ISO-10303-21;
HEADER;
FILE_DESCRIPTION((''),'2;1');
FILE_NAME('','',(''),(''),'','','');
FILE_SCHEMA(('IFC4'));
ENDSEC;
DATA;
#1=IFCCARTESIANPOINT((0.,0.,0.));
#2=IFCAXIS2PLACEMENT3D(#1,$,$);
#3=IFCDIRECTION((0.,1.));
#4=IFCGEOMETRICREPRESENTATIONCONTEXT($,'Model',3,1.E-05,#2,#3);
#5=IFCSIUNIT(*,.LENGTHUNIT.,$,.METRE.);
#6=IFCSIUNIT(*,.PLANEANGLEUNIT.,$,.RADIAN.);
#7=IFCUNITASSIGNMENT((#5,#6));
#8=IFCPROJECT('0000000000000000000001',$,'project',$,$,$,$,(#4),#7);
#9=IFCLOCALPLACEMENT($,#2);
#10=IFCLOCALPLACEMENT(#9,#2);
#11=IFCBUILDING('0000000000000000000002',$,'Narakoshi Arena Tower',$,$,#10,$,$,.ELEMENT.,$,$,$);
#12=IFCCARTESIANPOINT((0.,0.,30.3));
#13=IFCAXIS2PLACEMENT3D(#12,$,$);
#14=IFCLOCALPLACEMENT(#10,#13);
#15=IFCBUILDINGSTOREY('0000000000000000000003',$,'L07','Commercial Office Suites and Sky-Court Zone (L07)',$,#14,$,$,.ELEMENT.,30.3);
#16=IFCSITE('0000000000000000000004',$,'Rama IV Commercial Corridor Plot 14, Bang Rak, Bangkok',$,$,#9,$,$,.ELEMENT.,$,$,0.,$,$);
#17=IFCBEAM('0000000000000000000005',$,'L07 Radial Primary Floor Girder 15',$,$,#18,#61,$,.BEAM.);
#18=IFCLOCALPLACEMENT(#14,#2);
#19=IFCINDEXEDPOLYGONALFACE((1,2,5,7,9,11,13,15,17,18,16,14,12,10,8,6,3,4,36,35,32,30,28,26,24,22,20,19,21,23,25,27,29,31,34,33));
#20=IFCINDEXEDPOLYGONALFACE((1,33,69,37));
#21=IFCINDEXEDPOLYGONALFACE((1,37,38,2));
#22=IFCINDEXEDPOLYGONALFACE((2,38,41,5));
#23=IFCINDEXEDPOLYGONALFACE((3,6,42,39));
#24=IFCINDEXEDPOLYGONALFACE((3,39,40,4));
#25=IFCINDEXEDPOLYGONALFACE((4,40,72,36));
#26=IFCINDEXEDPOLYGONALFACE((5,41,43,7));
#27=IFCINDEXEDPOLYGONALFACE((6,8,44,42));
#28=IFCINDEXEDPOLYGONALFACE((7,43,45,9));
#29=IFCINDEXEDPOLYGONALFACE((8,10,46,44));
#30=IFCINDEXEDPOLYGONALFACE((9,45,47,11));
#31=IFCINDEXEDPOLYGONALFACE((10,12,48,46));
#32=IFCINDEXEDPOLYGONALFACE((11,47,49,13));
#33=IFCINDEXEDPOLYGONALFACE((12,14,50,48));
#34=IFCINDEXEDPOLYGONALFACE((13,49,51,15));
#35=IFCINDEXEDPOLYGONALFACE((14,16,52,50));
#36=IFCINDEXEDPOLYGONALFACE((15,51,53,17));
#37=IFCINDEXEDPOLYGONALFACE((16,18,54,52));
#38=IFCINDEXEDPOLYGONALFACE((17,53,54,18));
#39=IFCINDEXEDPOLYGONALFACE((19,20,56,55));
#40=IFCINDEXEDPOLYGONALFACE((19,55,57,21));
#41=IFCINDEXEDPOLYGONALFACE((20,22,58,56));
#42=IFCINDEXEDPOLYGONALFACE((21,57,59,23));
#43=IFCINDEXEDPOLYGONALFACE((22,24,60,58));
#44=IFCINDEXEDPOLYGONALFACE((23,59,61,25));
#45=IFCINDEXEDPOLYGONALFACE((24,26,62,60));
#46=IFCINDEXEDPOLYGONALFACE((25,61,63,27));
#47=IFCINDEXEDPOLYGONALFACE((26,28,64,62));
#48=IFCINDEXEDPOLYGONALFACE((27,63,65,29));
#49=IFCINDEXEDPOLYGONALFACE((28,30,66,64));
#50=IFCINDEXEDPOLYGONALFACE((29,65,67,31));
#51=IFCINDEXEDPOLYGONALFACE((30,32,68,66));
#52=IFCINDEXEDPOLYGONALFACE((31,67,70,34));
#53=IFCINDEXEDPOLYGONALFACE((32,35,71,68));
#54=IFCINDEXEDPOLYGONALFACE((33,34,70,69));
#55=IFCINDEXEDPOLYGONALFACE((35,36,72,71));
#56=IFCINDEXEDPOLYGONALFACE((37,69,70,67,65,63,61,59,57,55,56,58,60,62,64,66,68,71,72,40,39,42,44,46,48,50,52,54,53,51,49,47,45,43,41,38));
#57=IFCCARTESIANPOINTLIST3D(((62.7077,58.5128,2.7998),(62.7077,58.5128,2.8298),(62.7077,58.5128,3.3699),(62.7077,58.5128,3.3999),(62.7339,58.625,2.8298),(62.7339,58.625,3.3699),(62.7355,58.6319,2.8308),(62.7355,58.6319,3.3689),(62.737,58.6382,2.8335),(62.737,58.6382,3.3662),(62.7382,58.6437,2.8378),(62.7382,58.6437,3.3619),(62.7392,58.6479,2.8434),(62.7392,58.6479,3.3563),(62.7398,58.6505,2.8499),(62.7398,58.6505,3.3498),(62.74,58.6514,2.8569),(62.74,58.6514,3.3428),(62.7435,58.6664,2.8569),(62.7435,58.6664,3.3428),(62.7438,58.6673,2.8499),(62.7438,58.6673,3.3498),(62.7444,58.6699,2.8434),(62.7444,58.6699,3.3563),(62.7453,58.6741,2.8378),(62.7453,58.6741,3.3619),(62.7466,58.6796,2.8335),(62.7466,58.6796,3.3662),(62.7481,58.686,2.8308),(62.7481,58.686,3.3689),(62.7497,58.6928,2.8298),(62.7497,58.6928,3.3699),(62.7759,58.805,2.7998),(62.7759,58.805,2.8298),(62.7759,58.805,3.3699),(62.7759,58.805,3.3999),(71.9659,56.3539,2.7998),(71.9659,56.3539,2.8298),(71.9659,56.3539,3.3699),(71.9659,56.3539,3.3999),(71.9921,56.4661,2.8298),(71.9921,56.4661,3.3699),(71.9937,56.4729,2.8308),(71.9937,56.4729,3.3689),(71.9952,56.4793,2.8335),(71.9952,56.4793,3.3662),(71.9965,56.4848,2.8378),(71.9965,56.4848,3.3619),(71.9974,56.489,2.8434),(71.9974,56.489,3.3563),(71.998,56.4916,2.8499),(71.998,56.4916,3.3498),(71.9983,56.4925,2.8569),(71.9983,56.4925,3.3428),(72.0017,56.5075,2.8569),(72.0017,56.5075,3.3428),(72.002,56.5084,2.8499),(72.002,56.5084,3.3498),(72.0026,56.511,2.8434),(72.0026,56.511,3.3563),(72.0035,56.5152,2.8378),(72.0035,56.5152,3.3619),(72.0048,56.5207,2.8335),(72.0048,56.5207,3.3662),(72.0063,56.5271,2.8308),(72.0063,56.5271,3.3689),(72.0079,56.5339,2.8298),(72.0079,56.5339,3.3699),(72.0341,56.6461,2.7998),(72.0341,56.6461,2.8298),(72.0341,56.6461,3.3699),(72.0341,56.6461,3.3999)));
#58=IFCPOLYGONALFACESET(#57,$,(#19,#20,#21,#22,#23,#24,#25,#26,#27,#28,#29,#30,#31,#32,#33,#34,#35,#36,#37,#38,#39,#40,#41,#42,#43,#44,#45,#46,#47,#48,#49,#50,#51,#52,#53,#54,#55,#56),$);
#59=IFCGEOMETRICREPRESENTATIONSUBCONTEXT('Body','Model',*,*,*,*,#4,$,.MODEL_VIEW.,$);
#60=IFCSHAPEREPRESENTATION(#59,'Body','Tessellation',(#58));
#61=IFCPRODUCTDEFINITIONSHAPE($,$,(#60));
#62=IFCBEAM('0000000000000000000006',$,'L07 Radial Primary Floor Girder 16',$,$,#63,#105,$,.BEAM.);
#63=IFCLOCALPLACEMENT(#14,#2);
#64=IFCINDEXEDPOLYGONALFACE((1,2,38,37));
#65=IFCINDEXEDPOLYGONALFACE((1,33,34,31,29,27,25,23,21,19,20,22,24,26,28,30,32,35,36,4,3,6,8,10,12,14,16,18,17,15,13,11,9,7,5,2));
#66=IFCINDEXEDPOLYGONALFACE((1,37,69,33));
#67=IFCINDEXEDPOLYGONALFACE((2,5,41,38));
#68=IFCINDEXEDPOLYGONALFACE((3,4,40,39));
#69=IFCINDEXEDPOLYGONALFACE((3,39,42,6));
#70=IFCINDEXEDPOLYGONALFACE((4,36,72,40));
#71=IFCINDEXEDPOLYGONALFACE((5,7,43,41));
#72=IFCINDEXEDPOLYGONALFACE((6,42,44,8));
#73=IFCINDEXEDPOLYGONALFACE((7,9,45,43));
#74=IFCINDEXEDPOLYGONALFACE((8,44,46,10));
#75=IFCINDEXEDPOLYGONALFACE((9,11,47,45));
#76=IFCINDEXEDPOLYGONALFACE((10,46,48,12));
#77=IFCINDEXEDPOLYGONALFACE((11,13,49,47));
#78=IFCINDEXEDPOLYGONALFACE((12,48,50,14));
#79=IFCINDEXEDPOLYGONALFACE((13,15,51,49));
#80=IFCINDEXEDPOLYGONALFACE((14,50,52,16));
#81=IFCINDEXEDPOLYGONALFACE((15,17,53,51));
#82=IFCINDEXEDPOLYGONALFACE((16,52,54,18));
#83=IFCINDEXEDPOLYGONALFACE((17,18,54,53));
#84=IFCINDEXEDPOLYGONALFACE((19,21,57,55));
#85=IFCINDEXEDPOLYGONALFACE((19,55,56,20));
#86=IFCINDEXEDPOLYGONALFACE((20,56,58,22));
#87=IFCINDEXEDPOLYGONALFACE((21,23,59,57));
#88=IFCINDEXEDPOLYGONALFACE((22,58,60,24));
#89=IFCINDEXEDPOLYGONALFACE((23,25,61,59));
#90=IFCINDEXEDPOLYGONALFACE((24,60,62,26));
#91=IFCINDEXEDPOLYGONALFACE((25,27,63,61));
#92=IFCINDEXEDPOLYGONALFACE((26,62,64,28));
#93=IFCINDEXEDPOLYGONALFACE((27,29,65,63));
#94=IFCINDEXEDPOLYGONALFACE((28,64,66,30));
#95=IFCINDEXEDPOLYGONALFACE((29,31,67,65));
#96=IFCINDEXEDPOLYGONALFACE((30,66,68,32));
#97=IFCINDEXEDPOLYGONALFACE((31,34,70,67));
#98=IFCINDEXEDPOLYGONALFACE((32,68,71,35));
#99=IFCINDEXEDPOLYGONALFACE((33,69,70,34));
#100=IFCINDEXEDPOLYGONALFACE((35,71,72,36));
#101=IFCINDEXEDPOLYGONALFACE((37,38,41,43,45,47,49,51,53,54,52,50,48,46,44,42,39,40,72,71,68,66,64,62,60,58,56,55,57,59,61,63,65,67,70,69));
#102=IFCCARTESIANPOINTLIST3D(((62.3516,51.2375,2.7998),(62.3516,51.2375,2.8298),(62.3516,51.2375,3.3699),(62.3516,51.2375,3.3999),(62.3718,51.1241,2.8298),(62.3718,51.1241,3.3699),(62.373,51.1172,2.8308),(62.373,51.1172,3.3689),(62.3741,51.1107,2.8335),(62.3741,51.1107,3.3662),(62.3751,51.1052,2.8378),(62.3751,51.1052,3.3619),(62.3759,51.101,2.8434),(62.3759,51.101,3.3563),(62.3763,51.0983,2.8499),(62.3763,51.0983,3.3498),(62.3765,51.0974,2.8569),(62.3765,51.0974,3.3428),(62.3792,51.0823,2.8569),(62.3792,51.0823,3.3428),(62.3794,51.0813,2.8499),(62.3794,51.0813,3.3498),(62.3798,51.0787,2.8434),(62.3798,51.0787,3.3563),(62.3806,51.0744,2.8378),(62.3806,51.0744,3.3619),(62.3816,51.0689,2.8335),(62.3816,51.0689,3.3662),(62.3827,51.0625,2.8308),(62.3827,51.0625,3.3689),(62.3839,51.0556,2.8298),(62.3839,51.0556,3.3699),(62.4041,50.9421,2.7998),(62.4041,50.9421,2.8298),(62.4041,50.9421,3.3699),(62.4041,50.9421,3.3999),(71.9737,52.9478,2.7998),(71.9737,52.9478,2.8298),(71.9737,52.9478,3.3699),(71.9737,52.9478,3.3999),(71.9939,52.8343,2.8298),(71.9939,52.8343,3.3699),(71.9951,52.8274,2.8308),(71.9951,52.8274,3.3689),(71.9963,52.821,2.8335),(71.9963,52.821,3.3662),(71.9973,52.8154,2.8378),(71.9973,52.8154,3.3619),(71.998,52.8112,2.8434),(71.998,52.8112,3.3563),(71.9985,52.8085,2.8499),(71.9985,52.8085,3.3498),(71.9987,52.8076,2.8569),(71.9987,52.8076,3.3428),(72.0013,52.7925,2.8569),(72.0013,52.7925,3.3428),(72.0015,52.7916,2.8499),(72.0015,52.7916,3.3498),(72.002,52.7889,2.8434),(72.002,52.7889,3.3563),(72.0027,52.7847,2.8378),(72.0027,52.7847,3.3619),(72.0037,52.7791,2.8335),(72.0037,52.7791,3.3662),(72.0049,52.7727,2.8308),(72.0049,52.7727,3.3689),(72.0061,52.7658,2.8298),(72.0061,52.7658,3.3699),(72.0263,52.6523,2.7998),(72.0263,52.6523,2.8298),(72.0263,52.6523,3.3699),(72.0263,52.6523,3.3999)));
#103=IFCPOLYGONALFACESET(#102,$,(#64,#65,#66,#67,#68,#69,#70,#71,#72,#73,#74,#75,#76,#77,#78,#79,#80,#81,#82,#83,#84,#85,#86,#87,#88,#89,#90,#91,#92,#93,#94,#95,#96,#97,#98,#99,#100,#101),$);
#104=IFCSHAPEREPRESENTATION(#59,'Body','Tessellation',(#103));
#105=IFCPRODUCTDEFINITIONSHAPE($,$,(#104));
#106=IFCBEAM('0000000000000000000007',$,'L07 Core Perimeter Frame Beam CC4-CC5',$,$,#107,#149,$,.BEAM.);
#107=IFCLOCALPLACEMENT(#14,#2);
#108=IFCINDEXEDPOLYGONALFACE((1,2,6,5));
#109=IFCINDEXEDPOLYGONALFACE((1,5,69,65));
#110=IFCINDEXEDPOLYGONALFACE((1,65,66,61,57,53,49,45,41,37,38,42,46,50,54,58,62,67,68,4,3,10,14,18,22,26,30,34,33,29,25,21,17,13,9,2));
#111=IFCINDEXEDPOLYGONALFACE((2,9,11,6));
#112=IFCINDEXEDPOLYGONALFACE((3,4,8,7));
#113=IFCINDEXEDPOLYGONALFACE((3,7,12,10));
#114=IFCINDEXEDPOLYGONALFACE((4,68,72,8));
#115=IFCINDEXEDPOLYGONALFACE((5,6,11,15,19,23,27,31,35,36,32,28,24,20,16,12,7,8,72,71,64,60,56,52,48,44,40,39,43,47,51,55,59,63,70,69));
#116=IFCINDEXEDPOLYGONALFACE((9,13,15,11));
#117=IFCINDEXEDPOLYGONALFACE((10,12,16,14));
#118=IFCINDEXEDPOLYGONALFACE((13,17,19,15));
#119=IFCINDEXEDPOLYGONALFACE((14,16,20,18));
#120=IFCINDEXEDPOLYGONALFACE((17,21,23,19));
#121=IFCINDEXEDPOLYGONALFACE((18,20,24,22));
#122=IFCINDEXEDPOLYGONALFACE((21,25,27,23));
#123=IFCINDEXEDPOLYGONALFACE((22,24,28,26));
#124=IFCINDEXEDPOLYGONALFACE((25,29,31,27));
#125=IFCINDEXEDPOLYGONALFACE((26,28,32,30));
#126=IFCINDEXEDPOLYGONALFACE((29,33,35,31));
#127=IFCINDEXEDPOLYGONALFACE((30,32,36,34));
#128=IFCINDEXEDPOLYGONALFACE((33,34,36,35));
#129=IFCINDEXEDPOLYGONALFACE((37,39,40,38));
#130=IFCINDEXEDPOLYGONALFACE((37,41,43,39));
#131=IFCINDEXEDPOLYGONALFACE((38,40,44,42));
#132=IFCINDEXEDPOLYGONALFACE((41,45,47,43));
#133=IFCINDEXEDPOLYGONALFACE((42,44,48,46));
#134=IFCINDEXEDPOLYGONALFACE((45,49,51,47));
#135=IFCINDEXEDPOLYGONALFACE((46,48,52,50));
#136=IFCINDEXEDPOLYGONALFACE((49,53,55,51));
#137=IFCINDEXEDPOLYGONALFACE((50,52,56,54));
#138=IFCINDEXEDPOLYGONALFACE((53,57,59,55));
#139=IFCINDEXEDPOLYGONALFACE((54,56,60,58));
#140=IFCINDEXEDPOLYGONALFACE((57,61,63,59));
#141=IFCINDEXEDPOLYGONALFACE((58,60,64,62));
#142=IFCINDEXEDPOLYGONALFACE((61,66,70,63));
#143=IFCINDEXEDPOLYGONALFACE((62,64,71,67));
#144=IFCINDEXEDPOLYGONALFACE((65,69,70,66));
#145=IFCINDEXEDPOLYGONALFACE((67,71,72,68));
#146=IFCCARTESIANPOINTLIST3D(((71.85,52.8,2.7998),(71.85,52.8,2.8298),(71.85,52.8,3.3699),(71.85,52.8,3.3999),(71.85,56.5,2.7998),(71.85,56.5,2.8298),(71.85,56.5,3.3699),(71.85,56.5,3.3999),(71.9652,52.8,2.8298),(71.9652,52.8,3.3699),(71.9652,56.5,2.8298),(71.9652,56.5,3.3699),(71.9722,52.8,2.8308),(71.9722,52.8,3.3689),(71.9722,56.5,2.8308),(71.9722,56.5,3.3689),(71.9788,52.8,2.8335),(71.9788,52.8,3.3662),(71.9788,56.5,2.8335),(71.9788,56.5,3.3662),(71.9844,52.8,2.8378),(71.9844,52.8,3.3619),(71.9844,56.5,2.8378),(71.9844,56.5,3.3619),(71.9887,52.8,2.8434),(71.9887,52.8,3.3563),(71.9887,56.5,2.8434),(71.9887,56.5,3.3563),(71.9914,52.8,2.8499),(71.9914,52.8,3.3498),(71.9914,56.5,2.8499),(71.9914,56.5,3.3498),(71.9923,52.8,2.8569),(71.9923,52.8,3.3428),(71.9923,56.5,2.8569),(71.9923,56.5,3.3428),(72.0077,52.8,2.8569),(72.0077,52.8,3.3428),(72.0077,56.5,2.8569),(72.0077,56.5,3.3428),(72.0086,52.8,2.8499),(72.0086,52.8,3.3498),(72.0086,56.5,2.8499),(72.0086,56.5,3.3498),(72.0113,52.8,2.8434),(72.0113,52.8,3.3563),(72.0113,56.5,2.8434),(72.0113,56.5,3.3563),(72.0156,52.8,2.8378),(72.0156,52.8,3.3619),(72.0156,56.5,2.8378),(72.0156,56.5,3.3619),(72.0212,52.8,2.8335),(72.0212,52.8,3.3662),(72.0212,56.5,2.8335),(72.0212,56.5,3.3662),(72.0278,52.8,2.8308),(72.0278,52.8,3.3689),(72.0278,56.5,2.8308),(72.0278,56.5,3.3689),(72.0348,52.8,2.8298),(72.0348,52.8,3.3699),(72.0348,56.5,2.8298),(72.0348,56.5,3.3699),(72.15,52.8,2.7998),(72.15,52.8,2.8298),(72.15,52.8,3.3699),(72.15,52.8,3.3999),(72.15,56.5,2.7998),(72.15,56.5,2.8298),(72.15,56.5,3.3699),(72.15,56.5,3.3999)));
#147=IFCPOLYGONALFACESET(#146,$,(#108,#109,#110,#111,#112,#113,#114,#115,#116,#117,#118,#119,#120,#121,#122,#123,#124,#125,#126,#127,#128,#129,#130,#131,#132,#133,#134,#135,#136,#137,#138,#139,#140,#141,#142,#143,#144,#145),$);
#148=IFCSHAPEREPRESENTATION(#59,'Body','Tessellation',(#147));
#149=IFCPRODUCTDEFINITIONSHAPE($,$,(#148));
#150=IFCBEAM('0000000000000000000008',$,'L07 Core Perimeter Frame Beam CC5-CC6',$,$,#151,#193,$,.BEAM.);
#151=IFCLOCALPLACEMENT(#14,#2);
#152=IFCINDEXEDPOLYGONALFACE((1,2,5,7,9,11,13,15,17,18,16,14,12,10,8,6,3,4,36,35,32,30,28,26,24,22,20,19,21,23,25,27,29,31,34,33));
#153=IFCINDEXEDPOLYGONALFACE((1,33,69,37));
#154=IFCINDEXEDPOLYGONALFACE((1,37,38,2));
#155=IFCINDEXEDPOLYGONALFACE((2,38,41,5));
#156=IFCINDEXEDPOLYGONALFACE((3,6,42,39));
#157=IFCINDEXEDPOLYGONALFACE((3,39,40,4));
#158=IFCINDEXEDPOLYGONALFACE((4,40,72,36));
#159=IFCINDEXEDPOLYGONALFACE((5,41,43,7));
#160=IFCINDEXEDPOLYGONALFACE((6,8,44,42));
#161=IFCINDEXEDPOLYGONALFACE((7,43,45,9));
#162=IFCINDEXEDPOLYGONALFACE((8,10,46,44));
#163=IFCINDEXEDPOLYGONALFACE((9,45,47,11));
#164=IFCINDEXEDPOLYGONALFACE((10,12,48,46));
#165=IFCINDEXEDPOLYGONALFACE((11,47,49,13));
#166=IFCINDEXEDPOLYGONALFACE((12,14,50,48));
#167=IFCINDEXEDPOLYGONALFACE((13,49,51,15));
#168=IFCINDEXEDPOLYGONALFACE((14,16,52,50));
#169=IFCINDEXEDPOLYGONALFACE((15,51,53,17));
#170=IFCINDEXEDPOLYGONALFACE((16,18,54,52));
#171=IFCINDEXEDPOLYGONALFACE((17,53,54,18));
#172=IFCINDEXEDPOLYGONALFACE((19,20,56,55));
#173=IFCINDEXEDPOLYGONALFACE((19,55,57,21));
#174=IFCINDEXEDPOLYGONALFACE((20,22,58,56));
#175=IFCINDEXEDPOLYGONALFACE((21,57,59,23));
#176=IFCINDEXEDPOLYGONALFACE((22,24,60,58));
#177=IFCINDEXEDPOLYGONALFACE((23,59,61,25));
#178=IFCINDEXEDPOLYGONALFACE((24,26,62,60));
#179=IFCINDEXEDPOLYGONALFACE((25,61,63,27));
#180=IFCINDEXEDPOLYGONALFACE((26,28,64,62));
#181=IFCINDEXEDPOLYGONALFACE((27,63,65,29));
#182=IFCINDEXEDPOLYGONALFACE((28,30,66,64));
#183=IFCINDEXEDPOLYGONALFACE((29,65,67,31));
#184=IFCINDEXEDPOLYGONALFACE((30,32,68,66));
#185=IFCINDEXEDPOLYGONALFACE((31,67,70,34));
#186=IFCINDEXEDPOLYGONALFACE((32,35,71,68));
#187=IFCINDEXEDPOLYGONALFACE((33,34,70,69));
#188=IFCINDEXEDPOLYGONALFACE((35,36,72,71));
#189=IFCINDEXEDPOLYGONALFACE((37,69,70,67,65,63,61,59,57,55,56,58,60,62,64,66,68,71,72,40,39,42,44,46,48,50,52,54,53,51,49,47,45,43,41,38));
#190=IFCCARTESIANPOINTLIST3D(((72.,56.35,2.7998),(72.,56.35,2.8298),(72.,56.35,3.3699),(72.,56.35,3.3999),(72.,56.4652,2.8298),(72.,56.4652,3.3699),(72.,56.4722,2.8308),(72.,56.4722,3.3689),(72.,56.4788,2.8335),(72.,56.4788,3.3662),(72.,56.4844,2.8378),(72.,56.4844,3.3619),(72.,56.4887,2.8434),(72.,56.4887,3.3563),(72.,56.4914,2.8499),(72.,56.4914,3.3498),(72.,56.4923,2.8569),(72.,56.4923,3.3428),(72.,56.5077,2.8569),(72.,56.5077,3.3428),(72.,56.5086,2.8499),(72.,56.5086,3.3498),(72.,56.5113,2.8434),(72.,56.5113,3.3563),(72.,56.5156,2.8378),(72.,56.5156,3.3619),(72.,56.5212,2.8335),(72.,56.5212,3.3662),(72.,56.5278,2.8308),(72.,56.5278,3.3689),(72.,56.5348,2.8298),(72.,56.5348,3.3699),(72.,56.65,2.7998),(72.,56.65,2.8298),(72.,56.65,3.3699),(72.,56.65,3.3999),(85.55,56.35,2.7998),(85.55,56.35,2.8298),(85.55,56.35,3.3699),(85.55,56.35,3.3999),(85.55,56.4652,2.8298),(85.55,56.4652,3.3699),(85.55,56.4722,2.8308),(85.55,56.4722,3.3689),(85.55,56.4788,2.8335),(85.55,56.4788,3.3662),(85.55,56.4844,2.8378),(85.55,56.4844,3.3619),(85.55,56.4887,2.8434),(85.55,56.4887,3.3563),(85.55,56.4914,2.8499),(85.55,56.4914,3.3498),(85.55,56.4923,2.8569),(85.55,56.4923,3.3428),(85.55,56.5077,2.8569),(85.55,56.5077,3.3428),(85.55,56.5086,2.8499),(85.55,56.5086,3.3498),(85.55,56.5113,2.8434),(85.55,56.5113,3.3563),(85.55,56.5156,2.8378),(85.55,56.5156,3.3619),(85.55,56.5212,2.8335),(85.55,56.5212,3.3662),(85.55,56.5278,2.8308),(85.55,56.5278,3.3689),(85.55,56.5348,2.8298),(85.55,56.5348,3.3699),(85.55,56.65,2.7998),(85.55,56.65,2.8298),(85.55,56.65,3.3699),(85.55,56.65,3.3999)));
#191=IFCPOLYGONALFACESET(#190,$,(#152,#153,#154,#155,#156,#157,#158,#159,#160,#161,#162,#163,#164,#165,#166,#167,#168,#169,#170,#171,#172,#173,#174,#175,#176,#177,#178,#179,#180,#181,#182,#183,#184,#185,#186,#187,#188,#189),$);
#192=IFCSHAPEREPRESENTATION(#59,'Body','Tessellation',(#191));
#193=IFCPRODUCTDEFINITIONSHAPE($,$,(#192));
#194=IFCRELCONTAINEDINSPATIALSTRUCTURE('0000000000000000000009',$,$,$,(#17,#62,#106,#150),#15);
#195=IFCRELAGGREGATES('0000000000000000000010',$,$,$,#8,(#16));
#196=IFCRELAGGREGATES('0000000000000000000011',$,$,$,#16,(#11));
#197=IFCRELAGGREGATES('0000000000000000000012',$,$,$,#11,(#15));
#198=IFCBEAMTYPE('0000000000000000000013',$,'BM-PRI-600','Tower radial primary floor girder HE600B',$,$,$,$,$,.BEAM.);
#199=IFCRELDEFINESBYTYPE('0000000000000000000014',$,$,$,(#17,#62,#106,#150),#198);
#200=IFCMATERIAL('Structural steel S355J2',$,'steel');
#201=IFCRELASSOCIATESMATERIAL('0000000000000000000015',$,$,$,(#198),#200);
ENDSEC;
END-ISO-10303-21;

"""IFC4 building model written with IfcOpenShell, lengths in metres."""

from ifc_helpers import new_model, si_unit, direction, frame, origin, origin_2d, place, context, subcontext, project, spatial, i_section, extrude, material, material_profile, profile_set, type_object, element, save


model = new_model("IFC4")

# Units and contexts
model_context = context("Model", 3, precision=1e-05, world=origin(), true_north=direction((0.0, 1.0)))
body_context = subcontext(model_context, "Body", "Model", "MODEL_VIEW")
ifc_project = project(units=[si_unit("LENGTHUNIT", "METRE"), si_unit("PLANEANGLEUNIT", "RADIAN")], contexts=[model_context])

# Site, building, storey
site_placement = place(None, origin())
site = spatial("IfcSite", under=ifc_project, at=site_placement, Name="Rama IV Commercial Corridor Plot 14, Bang Rak, Bangkok", CompositionType="ELEMENT", RefElevation=0.0)
building_placement = place(site_placement, origin())
building = spatial("IfcBuilding", under=site, at=building_placement, Name="Narakoshi Arena Tower", CompositionType="ELEMENT")
storey_placement = place(building_placement, frame((0.0, 0.0, 30.3)))
storey = spatial("IfcBuildingStorey", under=building, at=storey_placement, Name="L07", Description="Commercial Office Suites and Sky-Court Zone (L07)", CompositionType="ELEMENT", Elevation=30.3)

# Beams
ifc_material_1 = material(Name="Structural steel S355J2", Category="steel")
ifc_material_profile_1 = material_profile(ifc_material_1, i_section(OverallWidth=0.3, OverallDepth=0.6001, WebThickness=0.0154, FlangeThickness=0.03, FilletRadius=0.0271, at=origin_2d()), Name="HE600B")
ifc_profile_set_1 = profile_set([ifc_material_profile_1], Name="Structural steel S355J2")
beam_type_1 = type_object("IfcBeamType", Name="BM-PRI-600", Description="Tower radial primary floor girder HE600B", PredefinedType="BEAM", material=ifc_profile_set_1)
beam_1_placement = place(storey_placement, frame((72.0, 56.5, 3.0999), z_axis=(-0.973872, 0.227096, 0.0), x_axis=(-0.227096, -0.973872, 0.0)))
element("IfcBeam", 1, at=beam_1_placement, inside=storey, type_object=beam_type_1, Name="L07 Radial Primary Floor Girder 15", PredefinedType="BEAM", context=body_context, shape_type="SweptSolid", body=[
    extrude(i_section(OverallWidth=0.3, OverallDepth=0.6001, WebThickness=0.0154, FlangeThickness=0.03, FilletRadius=0.0271, at=origin_2d()), origin(), (0.0, 0.0, 1.0), 9.5066),
])
beam_2_placement = place(storey_placement, frame((72.0, 52.8, 3.0999), z_axis=(-0.984569, -0.174995, 0.0), x_axis=(0.174995, -0.984569, 0.0)))
element("IfcBeam", 2, at=beam_2_placement, inside=storey, type_object=beam_type_1, Name="L07 Radial Primary Floor Girder 16", PredefinedType="BEAM", context=body_context, shape_type="SweptSolid", body=[
    extrude(i_section(OverallWidth=0.3, OverallDepth=0.6001, WebThickness=0.0154, FlangeThickness=0.03, FilletRadius=0.0271, at=origin_2d()), origin(), (0.0, 0.0, 1.0), 9.7729),
])
beam_3_placement = place(storey_placement, frame((72.0, 52.8, 3.0999), z_axis=(0.0, 1.0, 0.0), x_axis=(-1.0, 0.0, 0.0)))
element("IfcBeam", 3, at=beam_3_placement, inside=storey, type_object=beam_type_1, Name="L07 Core Perimeter Frame Beam CC4-CC5", PredefinedType="BEAM", context=body_context, shape_type="SweptSolid", body=[
    extrude(i_section(OverallWidth=0.3, OverallDepth=0.6001, WebThickness=0.0154, FlangeThickness=0.03, FilletRadius=0.0271, at=origin_2d()), origin(), (0.0, 0.0, 1.0), 3.7),
])
beam_4_placement = place(storey_placement, frame((72.0, 56.5, 3.0999), z_axis=(1.0, 0.0, 0.0), x_axis=(0.0, 1.0, 0.0)))
element("IfcBeam", 4, at=beam_4_placement, inside=storey, type_object=beam_type_1, Name="L07 Core Perimeter Frame Beam CC5-CC6", PredefinedType="BEAM", context=body_context, shape_type="SweptSolid", body=[
    extrude(i_section(OverallWidth=0.3, OverallDepth=0.6001, WebThickness=0.0154, FlangeThickness=0.03, FilletRadius=0.0271, at=origin_2d()), origin(), (0.0, 0.0, 1.0), 13.55),
])

save(model, "model.ifc")
